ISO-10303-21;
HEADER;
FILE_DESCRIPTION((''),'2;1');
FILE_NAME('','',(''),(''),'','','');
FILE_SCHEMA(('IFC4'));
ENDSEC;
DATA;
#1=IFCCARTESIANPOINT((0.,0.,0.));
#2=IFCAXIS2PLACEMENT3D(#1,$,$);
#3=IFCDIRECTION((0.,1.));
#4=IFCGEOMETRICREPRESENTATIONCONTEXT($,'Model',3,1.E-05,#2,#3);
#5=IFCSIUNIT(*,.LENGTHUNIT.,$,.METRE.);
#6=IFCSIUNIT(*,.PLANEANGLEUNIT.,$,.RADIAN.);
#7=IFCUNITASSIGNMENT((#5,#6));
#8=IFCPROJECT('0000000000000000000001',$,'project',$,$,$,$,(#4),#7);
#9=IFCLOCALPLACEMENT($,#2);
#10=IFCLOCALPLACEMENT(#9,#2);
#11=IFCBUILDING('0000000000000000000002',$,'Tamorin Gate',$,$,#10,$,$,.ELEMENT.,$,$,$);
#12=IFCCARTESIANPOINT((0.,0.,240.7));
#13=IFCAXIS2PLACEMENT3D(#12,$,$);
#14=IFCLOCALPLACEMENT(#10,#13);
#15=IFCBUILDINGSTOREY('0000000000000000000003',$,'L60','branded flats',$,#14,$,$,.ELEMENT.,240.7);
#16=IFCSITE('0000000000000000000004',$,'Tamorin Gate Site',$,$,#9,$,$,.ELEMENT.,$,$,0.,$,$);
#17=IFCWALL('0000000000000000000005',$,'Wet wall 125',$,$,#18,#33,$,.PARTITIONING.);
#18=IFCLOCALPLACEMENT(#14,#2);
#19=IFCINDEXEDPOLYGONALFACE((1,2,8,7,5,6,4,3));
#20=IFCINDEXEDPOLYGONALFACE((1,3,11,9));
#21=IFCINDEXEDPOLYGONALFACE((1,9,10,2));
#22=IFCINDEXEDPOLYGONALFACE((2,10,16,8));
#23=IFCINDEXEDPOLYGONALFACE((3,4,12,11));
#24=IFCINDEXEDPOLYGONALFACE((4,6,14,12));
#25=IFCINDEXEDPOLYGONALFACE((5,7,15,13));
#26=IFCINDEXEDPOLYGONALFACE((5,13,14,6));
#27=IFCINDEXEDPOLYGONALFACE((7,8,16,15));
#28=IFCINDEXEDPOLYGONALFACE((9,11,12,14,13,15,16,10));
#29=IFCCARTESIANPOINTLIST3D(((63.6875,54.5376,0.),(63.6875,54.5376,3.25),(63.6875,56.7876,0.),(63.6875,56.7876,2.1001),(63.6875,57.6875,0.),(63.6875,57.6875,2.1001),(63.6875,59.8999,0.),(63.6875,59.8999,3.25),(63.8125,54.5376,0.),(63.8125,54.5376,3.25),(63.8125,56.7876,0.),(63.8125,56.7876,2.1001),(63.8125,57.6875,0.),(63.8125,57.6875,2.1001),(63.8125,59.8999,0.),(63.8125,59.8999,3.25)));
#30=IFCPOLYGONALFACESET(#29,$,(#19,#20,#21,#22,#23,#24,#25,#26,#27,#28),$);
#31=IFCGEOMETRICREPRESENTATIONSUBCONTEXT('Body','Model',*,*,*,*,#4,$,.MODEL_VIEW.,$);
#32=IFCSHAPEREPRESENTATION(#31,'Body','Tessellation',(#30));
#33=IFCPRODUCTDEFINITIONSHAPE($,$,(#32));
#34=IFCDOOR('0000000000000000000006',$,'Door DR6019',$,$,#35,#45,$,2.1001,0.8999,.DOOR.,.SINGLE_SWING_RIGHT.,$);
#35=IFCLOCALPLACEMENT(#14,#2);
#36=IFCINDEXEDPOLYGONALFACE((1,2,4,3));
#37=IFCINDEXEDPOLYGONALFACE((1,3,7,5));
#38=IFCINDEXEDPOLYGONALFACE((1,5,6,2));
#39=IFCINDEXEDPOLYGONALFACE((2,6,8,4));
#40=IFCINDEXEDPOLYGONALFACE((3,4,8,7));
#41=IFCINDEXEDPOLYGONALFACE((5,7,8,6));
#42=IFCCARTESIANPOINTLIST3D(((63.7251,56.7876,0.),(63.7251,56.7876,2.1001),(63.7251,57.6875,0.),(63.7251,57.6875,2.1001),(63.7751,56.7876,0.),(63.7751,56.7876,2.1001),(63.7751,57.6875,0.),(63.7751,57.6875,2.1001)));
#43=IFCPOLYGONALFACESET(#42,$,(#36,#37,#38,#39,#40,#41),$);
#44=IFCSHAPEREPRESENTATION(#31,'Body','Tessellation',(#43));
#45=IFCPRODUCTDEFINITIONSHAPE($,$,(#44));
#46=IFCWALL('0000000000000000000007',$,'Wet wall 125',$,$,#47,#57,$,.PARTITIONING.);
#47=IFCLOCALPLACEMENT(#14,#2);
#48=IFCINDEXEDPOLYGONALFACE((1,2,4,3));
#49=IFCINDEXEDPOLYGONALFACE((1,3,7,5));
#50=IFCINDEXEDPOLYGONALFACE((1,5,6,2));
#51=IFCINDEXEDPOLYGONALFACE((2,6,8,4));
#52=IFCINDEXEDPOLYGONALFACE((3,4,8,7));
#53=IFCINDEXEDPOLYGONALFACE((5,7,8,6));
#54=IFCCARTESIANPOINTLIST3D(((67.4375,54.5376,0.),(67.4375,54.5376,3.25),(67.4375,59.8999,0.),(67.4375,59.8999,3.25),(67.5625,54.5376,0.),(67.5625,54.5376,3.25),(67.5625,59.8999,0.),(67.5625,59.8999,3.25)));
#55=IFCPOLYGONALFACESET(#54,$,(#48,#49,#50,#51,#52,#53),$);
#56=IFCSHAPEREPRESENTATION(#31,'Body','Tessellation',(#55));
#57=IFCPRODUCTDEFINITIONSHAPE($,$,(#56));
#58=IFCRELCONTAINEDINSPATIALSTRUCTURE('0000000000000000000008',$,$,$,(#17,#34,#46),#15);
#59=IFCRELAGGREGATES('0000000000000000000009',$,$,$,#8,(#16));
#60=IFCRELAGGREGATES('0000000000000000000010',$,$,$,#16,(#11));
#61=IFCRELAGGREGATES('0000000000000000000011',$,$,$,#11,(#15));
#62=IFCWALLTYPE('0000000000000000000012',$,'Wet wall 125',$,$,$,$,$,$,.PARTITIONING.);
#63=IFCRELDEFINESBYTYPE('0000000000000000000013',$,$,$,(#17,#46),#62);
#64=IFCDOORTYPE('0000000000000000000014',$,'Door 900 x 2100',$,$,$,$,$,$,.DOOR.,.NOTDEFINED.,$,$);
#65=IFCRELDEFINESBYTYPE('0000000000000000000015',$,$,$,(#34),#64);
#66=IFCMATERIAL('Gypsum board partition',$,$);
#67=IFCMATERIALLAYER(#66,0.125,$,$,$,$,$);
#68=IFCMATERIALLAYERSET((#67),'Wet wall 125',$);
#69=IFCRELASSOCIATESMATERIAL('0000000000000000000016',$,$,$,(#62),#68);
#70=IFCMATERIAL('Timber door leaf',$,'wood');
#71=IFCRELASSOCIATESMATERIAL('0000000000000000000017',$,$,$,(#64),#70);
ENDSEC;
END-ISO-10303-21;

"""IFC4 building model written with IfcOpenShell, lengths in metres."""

from ifc_helpers import new_model, si_unit, direction, frame, frame_2d, origin, place, context, subcontext, project, spatial, rectangle, extrude, material, layer, layer_set, type_object, element, fill, save


model = new_model("IFC4")

# Units and contexts
model_context = context("Model", 3, precision=1e-05, world=origin(), true_north=direction((0.0, 1.0)))
body_context = subcontext(model_context, "Body", "Model", "MODEL_VIEW")
ifc_project = project(units=[si_unit("LENGTHUNIT", "METRE"), si_unit("PLANEANGLEUNIT", "RADIAN")], contexts=[model_context])

# Site, building, storey
site_placement = place(None, origin())
site = spatial("IfcSite", under=ifc_project, at=site_placement, Name="Tamorin Gate Site", CompositionType="ELEMENT", RefElevation=0.0)
building_placement = place(site_placement, origin())
building = spatial("IfcBuilding", under=site, at=building_placement, Name="Tamorin Gate", CompositionType="ELEMENT")
storey_placement = place(building_placement, frame((0.0, 0.0, 240.7)))
storey = spatial("IfcBuildingStorey", under=building, at=storey_placement, Name="L60", Description="branded flats", CompositionType="ELEMENT", Elevation=240.7)

# Shared definitions
ifc_material_1 = material(Name="Gypsum board partition")
ifc_material_2 = material(Name="Timber door leaf", Category="wood")

# Shared definitions
ifc_layer_1 = layer(ifc_material_1, 0.125)
ifc_layer_set_1 = layer_set([ifc_layer_1], Name="Wet wall 125")
wall_type_1 = type_object("IfcWallType", Name="Wet wall 125", PredefinedType="PARTITIONING", material=ifc_layer_set_1)

# Wall, opening, door
wall_1_placement = place(storey_placement, frame((63.75, 54.5376, 0.0), z_axis=(0.0, 0.0, 1.0), x_axis=(0.0, 1.0, 0.0)))
wall_1 = element("IfcWall", 1, at=wall_1_placement, inside=storey, type_object=wall_type_1, Name="Wet wall 125", PredefinedType="PARTITIONING", context=body_context, shape_type="SweptSolid", body=[
    extrude(rectangle(XDim=5.3623, YDim=0.125, at=frame_2d((2.6812, 0.0))), origin(), (0.0, 0.0, 1.0), 3.25),
])
opening_1_placement = place(wall_1_placement, frame((2.25, 0.0, 0.0)))
opening_1 = element("IfcOpeningElement", 2, at=opening_1_placement, cuts=wall_1, PredefinedType="OPENING", context=body_context, shape_type="SweptSolid", body=[
    extrude(rectangle(XDim=0.8999, YDim=2.1001, at=frame_2d((0.45, 1.05))), frame((0.0, 0.0725, 0.0), z_axis=(0.0, -1.0, 0.0), x_axis=(1.0, 0.0, 0.0)), (0.0, 0.0, 1.0), 0.145),
])
door_type_1 = type_object("IfcDoorType", Name="Door 900 x 2100", OperationType="NOTDEFINED", PredefinedType="DOOR", material=ifc_material_2)
door_1_placement = place(opening_1_placement, origin())
door_1 = element("IfcDoor", 3, at=door_1_placement, inside=storey, type_object=door_type_1, Name="Door DR6019", OperationType="SINGLE_SWING_RIGHT", OverallHeight=2.1001, OverallWidth=0.8999, PredefinedType="DOOR", context=body_context, shape_type="SweptSolid", body=[
    extrude(rectangle(XDim=0.8999, YDim=2.1001, at=frame_2d((0.45, 1.05))), frame((0.0, 0.0249, 0.0), z_axis=(0.0, -1.0, 0.0), x_axis=(1.0, 0.0, 0.0)), (0.0, 0.0, 1.0), 0.05),
])
fill(opening_1, door_1)

# Wall
wall_2_placement = place(storey_placement, frame((67.5, 54.5376, 0.0), z_axis=(0.0, 0.0, 1.0), x_axis=(0.0, 1.0, 0.0)))
element("IfcWall", 4, at=wall_2_placement, inside=storey, type_object=wall_type_1, Name="Wet wall 125", PredefinedType="PARTITIONING", context=body_context, shape_type="SweptSolid", body=[
    extrude(rectangle(XDim=5.3623, YDim=0.125, at=frame_2d((2.6812, 0.0))), origin(), (0.0, 0.0, 1.0), 3.25),
])

save(model, "model.ifc")
